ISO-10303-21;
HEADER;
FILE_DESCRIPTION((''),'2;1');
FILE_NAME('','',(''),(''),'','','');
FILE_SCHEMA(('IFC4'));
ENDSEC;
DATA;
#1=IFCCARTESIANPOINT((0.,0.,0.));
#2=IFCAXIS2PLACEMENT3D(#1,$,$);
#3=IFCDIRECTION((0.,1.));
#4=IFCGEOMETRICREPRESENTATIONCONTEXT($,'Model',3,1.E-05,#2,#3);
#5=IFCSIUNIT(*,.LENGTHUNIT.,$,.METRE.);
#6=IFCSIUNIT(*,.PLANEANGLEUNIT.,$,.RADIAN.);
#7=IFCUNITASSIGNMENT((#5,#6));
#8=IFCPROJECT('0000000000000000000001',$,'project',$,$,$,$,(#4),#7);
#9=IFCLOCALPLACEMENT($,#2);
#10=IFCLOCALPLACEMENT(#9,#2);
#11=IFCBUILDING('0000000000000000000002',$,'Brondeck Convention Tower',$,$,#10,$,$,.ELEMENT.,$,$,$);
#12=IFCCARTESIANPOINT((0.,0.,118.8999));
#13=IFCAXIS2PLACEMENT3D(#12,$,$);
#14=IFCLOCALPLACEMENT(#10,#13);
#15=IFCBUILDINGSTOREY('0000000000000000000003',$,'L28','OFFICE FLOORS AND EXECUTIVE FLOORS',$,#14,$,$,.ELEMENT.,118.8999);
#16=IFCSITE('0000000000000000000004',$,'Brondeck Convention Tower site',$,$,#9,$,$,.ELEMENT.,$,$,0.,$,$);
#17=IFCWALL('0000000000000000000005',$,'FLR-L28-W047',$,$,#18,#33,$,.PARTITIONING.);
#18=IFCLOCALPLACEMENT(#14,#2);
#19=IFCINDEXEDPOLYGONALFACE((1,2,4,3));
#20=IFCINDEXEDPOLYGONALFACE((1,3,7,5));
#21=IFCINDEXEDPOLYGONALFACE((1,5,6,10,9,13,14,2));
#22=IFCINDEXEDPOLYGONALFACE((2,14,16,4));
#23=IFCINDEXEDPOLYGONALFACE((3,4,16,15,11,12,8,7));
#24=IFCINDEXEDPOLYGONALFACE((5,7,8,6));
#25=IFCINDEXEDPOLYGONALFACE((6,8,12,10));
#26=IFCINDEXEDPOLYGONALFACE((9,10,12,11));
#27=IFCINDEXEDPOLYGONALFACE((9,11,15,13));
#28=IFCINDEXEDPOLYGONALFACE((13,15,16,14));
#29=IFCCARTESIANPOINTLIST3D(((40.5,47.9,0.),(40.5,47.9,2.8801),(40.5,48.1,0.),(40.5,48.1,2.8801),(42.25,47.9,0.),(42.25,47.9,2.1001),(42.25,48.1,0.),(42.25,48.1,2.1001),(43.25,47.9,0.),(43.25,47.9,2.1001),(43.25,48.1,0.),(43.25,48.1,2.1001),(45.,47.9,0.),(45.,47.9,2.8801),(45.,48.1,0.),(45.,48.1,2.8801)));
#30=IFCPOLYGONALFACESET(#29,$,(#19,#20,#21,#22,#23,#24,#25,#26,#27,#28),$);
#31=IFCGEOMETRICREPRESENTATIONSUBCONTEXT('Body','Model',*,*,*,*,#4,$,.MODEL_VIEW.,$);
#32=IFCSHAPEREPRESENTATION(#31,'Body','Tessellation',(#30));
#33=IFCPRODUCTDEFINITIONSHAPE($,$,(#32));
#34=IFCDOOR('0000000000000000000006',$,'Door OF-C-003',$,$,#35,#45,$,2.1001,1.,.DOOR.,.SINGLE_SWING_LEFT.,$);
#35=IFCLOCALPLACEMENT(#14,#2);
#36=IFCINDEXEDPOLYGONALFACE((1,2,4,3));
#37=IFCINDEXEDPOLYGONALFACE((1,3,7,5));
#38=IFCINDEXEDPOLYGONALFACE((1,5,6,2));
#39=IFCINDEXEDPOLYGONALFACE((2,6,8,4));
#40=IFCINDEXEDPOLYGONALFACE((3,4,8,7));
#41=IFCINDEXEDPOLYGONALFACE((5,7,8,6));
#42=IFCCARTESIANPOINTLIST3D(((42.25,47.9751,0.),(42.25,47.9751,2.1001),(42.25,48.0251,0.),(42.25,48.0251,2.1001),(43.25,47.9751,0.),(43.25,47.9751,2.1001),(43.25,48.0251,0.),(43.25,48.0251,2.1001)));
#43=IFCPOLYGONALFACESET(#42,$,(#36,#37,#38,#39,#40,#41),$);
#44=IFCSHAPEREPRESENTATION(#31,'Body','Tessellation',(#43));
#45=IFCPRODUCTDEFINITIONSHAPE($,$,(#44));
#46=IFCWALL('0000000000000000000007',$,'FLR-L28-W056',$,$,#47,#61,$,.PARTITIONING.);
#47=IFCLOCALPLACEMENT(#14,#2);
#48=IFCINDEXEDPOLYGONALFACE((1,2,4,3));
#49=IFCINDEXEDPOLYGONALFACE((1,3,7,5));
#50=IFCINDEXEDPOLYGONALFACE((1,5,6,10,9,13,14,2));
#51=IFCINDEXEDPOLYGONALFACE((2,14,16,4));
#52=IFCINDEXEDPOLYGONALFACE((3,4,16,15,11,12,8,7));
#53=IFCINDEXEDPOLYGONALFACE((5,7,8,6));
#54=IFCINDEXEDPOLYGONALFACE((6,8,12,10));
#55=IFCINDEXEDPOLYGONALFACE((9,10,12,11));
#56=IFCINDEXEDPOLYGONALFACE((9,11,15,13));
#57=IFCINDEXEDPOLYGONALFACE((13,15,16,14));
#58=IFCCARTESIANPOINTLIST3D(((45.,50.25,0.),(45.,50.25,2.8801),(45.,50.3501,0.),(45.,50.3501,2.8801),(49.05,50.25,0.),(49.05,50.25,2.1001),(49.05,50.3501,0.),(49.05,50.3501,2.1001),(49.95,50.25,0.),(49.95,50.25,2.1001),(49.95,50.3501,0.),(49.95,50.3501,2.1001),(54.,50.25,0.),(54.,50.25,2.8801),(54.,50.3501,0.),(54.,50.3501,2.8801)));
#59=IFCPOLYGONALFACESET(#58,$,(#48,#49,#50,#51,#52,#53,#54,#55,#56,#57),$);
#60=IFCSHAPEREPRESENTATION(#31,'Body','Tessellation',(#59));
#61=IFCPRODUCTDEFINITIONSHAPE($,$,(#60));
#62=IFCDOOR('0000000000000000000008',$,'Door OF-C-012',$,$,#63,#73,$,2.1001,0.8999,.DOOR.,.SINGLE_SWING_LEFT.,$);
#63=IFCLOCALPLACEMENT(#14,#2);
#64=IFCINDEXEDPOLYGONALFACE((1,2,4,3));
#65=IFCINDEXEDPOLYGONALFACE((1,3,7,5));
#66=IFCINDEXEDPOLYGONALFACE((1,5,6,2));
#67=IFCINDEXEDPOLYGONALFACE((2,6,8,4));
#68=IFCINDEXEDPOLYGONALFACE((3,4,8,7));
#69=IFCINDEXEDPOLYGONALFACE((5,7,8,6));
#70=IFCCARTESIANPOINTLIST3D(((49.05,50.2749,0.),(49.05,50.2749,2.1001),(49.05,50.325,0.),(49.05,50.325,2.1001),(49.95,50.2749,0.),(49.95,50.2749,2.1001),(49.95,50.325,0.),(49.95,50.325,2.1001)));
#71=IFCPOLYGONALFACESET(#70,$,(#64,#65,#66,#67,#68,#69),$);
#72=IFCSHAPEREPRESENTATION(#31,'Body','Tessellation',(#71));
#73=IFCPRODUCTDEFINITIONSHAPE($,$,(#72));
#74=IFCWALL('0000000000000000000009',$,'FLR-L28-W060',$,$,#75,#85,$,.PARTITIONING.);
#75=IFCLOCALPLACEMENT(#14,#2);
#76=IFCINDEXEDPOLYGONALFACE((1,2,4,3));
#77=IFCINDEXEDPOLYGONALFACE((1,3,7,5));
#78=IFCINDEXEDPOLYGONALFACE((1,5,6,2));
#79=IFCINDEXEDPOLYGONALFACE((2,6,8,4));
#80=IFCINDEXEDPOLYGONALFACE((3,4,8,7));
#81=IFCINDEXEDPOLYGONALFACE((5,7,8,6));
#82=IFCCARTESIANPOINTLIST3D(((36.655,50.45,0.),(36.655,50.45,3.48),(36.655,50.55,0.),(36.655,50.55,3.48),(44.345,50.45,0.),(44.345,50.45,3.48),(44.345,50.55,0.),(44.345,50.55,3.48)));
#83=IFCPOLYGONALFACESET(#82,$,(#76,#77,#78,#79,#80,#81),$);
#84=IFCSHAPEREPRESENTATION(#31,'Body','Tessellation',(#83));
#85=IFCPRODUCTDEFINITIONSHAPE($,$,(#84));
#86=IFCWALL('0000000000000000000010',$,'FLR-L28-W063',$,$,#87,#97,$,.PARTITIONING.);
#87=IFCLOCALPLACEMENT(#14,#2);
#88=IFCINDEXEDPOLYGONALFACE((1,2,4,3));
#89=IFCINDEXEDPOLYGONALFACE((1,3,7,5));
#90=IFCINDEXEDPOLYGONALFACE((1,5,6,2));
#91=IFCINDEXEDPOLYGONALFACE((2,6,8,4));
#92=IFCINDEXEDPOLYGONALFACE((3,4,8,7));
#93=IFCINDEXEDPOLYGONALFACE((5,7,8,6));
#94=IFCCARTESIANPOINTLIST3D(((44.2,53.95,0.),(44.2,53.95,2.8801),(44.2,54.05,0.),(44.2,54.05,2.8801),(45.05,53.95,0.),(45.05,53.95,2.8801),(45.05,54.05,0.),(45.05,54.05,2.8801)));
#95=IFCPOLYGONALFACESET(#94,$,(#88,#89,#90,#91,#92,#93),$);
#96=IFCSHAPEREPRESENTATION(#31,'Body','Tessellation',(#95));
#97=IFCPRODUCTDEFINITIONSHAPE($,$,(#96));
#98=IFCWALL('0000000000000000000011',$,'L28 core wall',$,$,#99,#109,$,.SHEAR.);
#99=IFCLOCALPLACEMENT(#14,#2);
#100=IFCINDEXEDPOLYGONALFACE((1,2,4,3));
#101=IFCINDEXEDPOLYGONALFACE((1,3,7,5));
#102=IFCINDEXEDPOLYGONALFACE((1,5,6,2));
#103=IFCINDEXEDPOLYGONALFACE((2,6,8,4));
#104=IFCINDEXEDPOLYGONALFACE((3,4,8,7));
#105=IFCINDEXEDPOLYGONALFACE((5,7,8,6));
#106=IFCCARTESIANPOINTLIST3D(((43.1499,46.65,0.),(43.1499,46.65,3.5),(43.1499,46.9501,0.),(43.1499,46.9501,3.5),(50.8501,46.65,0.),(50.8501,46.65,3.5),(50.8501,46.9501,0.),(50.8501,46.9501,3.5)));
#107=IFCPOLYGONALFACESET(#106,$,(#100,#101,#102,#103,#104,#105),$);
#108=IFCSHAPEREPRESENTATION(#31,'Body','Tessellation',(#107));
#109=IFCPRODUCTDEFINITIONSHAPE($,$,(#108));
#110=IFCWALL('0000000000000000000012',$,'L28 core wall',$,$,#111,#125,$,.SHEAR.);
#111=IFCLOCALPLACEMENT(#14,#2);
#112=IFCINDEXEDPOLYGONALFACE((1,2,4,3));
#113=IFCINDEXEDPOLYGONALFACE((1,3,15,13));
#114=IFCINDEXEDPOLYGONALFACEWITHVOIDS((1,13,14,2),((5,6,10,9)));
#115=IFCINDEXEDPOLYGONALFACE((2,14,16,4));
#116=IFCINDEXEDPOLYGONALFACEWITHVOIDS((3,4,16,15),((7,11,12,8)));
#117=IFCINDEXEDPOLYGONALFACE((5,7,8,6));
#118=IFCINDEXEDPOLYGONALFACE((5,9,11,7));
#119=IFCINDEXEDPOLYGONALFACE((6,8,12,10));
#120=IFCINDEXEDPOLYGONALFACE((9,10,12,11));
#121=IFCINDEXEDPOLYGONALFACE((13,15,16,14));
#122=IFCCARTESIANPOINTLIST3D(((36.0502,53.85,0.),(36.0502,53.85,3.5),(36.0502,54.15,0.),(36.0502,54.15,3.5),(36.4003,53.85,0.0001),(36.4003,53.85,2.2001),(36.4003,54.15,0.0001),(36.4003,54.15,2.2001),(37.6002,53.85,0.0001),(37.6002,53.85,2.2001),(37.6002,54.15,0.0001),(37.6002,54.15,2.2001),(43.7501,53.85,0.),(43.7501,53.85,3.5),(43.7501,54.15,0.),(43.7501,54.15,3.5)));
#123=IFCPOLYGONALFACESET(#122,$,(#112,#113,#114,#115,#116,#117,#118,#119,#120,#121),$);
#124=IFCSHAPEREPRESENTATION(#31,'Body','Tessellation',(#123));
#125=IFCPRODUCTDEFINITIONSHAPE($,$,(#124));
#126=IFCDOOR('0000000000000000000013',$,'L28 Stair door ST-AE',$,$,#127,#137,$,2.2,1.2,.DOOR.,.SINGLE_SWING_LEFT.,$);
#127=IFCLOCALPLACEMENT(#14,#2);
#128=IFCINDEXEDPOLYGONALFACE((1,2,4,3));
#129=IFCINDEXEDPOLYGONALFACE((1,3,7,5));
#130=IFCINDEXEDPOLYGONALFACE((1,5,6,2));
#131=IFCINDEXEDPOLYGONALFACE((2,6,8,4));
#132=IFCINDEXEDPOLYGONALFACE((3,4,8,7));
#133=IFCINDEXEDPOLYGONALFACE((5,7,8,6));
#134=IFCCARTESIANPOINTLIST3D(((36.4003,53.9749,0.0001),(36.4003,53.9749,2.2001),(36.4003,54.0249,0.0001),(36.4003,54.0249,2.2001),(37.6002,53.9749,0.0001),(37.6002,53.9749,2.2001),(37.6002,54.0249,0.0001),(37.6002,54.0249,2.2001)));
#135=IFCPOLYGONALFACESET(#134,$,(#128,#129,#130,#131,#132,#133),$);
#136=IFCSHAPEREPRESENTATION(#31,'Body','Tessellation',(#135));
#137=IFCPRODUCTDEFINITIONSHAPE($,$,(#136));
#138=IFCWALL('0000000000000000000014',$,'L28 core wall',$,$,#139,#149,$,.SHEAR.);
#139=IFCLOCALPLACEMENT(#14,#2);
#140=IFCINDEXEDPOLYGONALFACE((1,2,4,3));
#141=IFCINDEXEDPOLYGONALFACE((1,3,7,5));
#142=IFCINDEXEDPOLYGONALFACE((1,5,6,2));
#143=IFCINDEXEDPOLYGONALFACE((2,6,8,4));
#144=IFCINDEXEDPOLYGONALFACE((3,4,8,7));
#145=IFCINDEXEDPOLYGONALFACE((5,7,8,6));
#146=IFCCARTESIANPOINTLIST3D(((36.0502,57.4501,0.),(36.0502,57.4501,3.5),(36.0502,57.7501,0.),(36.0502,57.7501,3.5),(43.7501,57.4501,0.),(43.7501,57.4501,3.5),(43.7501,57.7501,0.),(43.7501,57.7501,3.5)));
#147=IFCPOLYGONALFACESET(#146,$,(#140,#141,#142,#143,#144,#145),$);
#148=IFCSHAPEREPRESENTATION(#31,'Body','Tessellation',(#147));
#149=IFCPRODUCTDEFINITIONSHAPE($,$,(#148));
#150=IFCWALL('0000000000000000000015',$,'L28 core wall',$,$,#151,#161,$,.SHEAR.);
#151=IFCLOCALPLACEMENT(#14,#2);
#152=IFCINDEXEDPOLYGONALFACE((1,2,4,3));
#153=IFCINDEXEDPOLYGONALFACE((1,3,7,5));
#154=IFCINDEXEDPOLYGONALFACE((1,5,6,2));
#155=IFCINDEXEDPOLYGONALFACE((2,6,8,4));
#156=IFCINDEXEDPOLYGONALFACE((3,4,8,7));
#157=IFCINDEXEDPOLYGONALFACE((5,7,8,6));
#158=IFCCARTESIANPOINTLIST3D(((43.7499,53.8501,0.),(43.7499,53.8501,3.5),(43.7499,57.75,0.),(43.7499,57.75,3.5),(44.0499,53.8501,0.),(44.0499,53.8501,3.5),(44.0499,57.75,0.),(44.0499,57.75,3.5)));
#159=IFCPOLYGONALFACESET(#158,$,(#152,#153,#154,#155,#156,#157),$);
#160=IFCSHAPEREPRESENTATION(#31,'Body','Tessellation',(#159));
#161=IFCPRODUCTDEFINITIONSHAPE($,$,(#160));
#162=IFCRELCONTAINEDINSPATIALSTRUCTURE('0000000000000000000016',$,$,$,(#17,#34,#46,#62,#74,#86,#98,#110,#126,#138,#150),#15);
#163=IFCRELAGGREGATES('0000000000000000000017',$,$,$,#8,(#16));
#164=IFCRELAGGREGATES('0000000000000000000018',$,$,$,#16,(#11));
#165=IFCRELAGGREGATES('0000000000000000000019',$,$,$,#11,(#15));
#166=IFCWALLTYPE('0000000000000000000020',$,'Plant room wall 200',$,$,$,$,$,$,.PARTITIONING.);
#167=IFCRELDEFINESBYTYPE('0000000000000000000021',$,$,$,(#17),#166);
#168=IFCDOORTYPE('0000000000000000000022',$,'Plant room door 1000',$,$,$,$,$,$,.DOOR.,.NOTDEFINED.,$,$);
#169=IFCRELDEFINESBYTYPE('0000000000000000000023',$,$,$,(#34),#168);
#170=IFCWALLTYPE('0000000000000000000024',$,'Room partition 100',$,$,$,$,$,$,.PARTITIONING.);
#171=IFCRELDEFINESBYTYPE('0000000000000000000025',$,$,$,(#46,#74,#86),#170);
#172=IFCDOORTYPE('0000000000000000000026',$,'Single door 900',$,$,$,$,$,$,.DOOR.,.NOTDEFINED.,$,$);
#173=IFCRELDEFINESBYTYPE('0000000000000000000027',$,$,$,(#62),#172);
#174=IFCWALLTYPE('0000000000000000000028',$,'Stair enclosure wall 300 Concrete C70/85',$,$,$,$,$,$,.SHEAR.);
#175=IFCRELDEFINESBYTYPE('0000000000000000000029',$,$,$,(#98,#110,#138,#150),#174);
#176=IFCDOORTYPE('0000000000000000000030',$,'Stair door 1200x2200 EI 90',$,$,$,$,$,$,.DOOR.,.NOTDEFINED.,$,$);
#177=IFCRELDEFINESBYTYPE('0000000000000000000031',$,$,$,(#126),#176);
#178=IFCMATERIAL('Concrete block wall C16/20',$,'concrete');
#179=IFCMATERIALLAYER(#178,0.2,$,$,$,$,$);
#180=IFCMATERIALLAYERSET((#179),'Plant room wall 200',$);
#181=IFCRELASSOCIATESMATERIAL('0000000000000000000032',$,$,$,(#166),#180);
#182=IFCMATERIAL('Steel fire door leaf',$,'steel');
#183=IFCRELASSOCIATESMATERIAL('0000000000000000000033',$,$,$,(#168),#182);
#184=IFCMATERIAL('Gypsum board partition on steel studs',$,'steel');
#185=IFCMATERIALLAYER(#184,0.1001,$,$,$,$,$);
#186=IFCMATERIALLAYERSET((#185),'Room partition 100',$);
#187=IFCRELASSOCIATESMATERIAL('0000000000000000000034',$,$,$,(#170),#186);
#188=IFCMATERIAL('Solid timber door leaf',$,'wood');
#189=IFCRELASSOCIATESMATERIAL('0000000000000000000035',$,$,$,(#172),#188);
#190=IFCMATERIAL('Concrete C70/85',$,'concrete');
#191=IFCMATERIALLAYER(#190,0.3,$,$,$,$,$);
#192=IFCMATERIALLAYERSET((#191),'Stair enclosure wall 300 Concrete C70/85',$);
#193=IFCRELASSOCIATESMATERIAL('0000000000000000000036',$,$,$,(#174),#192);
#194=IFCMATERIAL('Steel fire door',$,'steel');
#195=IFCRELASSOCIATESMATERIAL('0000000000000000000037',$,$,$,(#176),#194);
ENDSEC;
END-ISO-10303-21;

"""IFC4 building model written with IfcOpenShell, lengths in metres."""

from ifc_helpers import new_model, si_unit, direction, frame, frame_2d, origin, place, context, subcontext, project, spatial, rectangle, extrude, material, layer, layer_set, type_object, element, fill, save


model = new_model("IFC4")

# Units and contexts
model_context = context("Model", 3, precision=1e-05, world=origin(), true_north=direction((0.0, 1.0)))
body_context = subcontext(model_context, "Body", "Model", "MODEL_VIEW")
ifc_project = project(units=[si_unit("LENGTHUNIT", "METRE"), si_unit("PLANEANGLEUNIT", "RADIAN")], contexts=[model_context])

# Site, building, storey
site_placement = place(None, origin())
site = spatial("IfcSite", under=ifc_project, at=site_placement, Name="Brondeck Convention Tower site", CompositionType="ELEMENT", RefElevation=0.0)
building_placement = place(site_placement, origin())
building = spatial("IfcBuilding", under=site, at=building_placement, Name="Brondeck Convention Tower", CompositionType="ELEMENT")
storey_placement = place(building_placement, frame((0.0, 0.0, 118.8999)))
storey = spatial("IfcBuildingStorey", under=building, at=storey_placement, Name="L28", Description="OFFICE FLOORS AND EXECUTIVE FLOORS", CompositionType="ELEMENT", Elevation=118.8999)

# Shared definitions
ifc_material_1 = material(Name="Concrete C70/85", Category="concrete")

# Shared definitions
ifc_material_2 = material(Name="Concrete block wall C16/20", Category="concrete")
ifc_layer_1 = layer(ifc_material_2, 0.2)
ifc_layer_set_1 = layer_set([ifc_layer_1], Name="Plant room wall 200")
wall_type_1 = type_object("IfcWallType", Name="Plant room wall 200", PredefinedType="PARTITIONING", material=ifc_layer_set_1)

# Walls, openings, doors
wall_1_placement = place(storey_placement, frame((45.0, 48.0, 0.0), z_axis=(0.0, 0.0, 1.0), x_axis=(-1.0, 0.0, 0.0)))
wall_1 = element("IfcWall", 1, at=wall_1_placement, inside=storey, type_object=wall_type_1, Name="FLR-L28-W047", PredefinedType="PARTITIONING", context=body_context, shape_type="SweptSolid", body=[
    extrude(rectangle(XDim=4.5, YDim=0.2, at=frame_2d((2.25, 0.0))), origin(), (0.0, 0.0, 1.0), 2.8801),
])
opening_1_placement = place(wall_1_placement, frame((1.75, 0.0, 0.0)))
opening_1 = element("IfcOpeningElement", 2, at=opening_1_placement, cuts=wall_1, PredefinedType="OPENING", context=body_context, shape_type="SweptSolid", body=[
    extrude(rectangle(XDim=1.0, YDim=2.1001, at=frame_2d((0.5, 1.05))), frame((0.0, 0.1099, 0.0), z_axis=(0.0, -1.0, 0.0), x_axis=(1.0, 0.0, 0.0)), (0.0, 0.0, 1.0), 0.22),
])
ifc_material_3 = material(Name="Steel fire door leaf", Category="steel")
door_type_1 = type_object("IfcDoorType", Name="Plant room door 1000", OperationType="NOTDEFINED", PredefinedType="DOOR", material=ifc_material_3)
door_1_placement = place(opening_1_placement, origin())
door_1 = element("IfcDoor", 3, at=door_1_placement, inside=storey, type_object=door_type_1, Name="Door OF-C-003", OperationType="SINGLE_SWING_LEFT", OverallHeight=2.1001, OverallWidth=1.0, PredefinedType="DOOR", context=body_context, shape_type="SweptSolid", body=[
    extrude(rectangle(XDim=1.0, YDim=2.1001, at=frame_2d((0.5, 1.05))), frame((0.0, 0.0249, 0.0), z_axis=(0.0, -1.0, 0.0), x_axis=(1.0, 0.0, 0.0)), (0.0, 0.0, 1.0), 0.05),
])
fill(opening_1, door_1)
ifc_material_4 = material(Name="Gypsum board partition on steel studs", Category="steel")
ifc_layer_2 = layer(ifc_material_4, 0.1001)
ifc_layer_set_2 = layer_set([ifc_layer_2], Name="Room partition 100")
wall_type_2 = type_object("IfcWallType", Name="Room partition 100", PredefinedType="PARTITIONING", material=ifc_layer_set_2)
wall_2_placement = place(storey_placement, frame((45.0, 50.3, 0.0), z_axis=(0.0, 0.0, 1.0), x_axis=(1.0, 0.0, 0.0)))
wall_2 = element("IfcWall", 4, at=wall_2_placement, inside=storey, type_object=wall_type_2, Name="FLR-L28-W056", PredefinedType="PARTITIONING", context=body_context, shape_type="SweptSolid", body=[
    extrude(rectangle(XDim=9.0, YDim=0.1001, at=frame_2d((4.5, 0.0))), origin(), (0.0, 0.0, 1.0), 2.8801),
])
opening_2_placement = place(wall_2_placement, frame((4.05, 0.0, 0.0)))
opening_2 = element("IfcOpeningElement", 5, at=opening_2_placement, cuts=wall_2, PredefinedType="OPENING", context=body_context, shape_type="SweptSolid", body=[
    extrude(rectangle(XDim=0.8999, YDim=2.1001, at=frame_2d((0.45, 1.05))), frame((0.0, 0.0601, 0.0), z_axis=(0.0, -1.0, 0.0), x_axis=(1.0, 0.0, 0.0)), (0.0, 0.0, 1.0), 0.1201),
])
ifc_material_5 = material(Name="Solid timber door leaf", Category="wood")
door_type_2 = type_object("IfcDoorType", Name="Single door 900", OperationType="NOTDEFINED", PredefinedType="DOOR", material=ifc_material_5)
door_2_placement = place(opening_2_placement, origin())
door_2 = element("IfcDoor", 6, at=door_2_placement, inside=storey, type_object=door_type_2, Name="Door OF-C-012", OperationType="SINGLE_SWING_LEFT", OverallHeight=2.1001, OverallWidth=0.8999, PredefinedType="DOOR", context=body_context, shape_type="SweptSolid", body=[
    extrude(rectangle(XDim=0.8999, YDim=2.1001, at=frame_2d((0.45, 1.05))), frame((0.0, 0.0249, 0.0), z_axis=(0.0, -1.0, 0.0), x_axis=(1.0, 0.0, 0.0)), (0.0, 0.0, 1.0), 0.05),
])
fill(opening_2, door_2)

# Walls
wall_3_placement = place(storey_placement, frame((44.345, 50.5, 0.0), z_axis=(0.0, 0.0, 1.0), x_axis=(-1.0, 0.0, 0.0)))
element("IfcWall", 7, at=wall_3_placement, inside=storey, type_object=wall_type_2, Name="FLR-L28-W060", PredefinedType="PARTITIONING", context=body_context, shape_type="SweptSolid", body=[
    extrude(rectangle(XDim=7.6899, YDim=0.1001, at=frame_2d((3.845, 0.0))), origin(), (0.0, 0.0, 1.0), 3.48),
])
wall_4_placement = place(storey_placement, frame((44.2, 54.0, 0.0), z_axis=(0.0, 0.0, 1.0), x_axis=(1.0, 0.0, 0.0)))
element("IfcWall", 8, at=wall_4_placement, inside=storey, type_object=wall_type_2, Name="FLR-L28-W063", PredefinedType="PARTITIONING", context=body_context, shape_type="SweptSolid", body=[
    extrude(rectangle(XDim=0.8501, YDim=0.1001, at=frame_2d((0.425, 0.0))), origin(), (0.0, 0.0, 1.0), 2.8801),
])
ifc_layer_3 = layer(ifc_material_1, 0.3)
ifc_layer_set_3 = layer_set([ifc_layer_3], Name="Stair enclosure wall 300 Concrete C70/85")
wall_type_3 = type_object("IfcWallType", Name="Stair enclosure wall 300 Concrete C70/85", PredefinedType="SHEAR", material=ifc_layer_set_3)
wall_5_placement = place(storey_placement, frame((43.1499, 46.8, 0.0), z_axis=(0.0, 0.0, 1.0), x_axis=(1.0, 0.0, 0.0)))
element("IfcWall", 9, at=wall_5_placement, inside=storey, type_object=wall_type_3, Name="L28 core wall", PredefinedType="SHEAR", context=body_context, shape_type="SweptSolid", body=[
    extrude(rectangle(XDim=7.7002, YDim=0.3, at=frame_2d((3.8501, 0.0))), origin(), (0.0, 0.0, 1.0), 3.5),
])

# Wall, opening, door
wall_6_placement = place(storey_placement, frame((36.05, 54.0, 0.0), z_axis=(0.0, 0.0, 1.0), x_axis=(1.0, 0.0, 0.0)))
wall_6 = element("IfcWall", 10, at=wall_6_placement, inside=storey, type_object=wall_type_3, Name="L28 core wall", PredefinedType="SHEAR", context=body_context, shape_type="SweptSolid", body=[
    extrude(rectangle(XDim=7.7, YDim=0.3, at=frame_2d((3.8501, 0.0))), origin(), (0.0, 0.0, 1.0), 3.5),
])
opening_3_placement = place(wall_6_placement, frame((0.3501, 0.0, 0.0)))
opening_3 = element("IfcOpeningElement", 11, at=opening_3_placement, cuts=wall_6, PredefinedType="OPENING", context=body_context, shape_type="SweptSolid", body=[
    extrude(rectangle(XDim=1.2, YDim=2.2, at=frame_2d((0.6001, 1.1001))), frame((0.0, 0.1599, 0.0), z_axis=(0.0, -1.0, 0.0), x_axis=(1.0, 0.0, 0.0)), (0.0, 0.0, 1.0), 0.3201),
])
ifc_material_6 = material(Name="Steel fire door", Category="steel")
door_type_3 = type_object("IfcDoorType", Name="Stair door 1200x2200 EI 90", OperationType="NOTDEFINED", PredefinedType="DOOR", material=ifc_material_6)
door_3_placement = place(opening_3_placement, origin())
door_3 = element("IfcDoor", 12, at=door_3_placement, inside=storey, type_object=door_type_3, Name="L28 Stair door ST-AE", OperationType="SINGLE_SWING_LEFT", OverallHeight=2.2, OverallWidth=1.2, PredefinedType="DOOR", context=body_context, shape_type="SweptSolid", body=[
    extrude(rectangle(XDim=1.2, YDim=2.2, at=frame_2d((0.6001, 1.1001))), frame((0.0, 0.0249, 0.0), z_axis=(0.0, -1.0, 0.0), x_axis=(1.0, 0.0, 0.0)), (0.0, 0.0, 1.0), 0.05),
])
fill(opening_3, door_3)

# Walls
wall_7_placement = place(storey_placement, frame((36.05, 57.6001, 0.0), z_axis=(0.0, 0.0, 1.0), x_axis=(1.0, 0.0, 0.0)))
element("IfcWall", 13, at=wall_7_placement, inside=storey, type_object=wall_type_3, Name="L28 core wall", PredefinedType="SHEAR", context=body_context, shape_type="SweptSolid", body=[
    extrude(rectangle(XDim=7.7, YDim=0.3, at=frame_2d((3.8501, 0.0))), origin(), (0.0, 0.0, 1.0), 3.5),
])
wall_8_placement = place(storey_placement, frame((43.8999, 53.8501, 0.0), z_axis=(0.0, 0.0, 1.0), x_axis=(0.0, 1.0, 0.0)))
element("IfcWall", 14, at=wall_8_placement, inside=storey, type_object=wall_type_3, Name="L28 core wall", PredefinedType="SHEAR", context=body_context, shape_type="SweptSolid", body=[
    extrude(rectangle(XDim=3.8999, YDim=0.3, at=frame_2d((1.95, 0.0))), origin(), (0.0, 0.0, 1.0), 3.5),
])

save(model, "model.ifc")
